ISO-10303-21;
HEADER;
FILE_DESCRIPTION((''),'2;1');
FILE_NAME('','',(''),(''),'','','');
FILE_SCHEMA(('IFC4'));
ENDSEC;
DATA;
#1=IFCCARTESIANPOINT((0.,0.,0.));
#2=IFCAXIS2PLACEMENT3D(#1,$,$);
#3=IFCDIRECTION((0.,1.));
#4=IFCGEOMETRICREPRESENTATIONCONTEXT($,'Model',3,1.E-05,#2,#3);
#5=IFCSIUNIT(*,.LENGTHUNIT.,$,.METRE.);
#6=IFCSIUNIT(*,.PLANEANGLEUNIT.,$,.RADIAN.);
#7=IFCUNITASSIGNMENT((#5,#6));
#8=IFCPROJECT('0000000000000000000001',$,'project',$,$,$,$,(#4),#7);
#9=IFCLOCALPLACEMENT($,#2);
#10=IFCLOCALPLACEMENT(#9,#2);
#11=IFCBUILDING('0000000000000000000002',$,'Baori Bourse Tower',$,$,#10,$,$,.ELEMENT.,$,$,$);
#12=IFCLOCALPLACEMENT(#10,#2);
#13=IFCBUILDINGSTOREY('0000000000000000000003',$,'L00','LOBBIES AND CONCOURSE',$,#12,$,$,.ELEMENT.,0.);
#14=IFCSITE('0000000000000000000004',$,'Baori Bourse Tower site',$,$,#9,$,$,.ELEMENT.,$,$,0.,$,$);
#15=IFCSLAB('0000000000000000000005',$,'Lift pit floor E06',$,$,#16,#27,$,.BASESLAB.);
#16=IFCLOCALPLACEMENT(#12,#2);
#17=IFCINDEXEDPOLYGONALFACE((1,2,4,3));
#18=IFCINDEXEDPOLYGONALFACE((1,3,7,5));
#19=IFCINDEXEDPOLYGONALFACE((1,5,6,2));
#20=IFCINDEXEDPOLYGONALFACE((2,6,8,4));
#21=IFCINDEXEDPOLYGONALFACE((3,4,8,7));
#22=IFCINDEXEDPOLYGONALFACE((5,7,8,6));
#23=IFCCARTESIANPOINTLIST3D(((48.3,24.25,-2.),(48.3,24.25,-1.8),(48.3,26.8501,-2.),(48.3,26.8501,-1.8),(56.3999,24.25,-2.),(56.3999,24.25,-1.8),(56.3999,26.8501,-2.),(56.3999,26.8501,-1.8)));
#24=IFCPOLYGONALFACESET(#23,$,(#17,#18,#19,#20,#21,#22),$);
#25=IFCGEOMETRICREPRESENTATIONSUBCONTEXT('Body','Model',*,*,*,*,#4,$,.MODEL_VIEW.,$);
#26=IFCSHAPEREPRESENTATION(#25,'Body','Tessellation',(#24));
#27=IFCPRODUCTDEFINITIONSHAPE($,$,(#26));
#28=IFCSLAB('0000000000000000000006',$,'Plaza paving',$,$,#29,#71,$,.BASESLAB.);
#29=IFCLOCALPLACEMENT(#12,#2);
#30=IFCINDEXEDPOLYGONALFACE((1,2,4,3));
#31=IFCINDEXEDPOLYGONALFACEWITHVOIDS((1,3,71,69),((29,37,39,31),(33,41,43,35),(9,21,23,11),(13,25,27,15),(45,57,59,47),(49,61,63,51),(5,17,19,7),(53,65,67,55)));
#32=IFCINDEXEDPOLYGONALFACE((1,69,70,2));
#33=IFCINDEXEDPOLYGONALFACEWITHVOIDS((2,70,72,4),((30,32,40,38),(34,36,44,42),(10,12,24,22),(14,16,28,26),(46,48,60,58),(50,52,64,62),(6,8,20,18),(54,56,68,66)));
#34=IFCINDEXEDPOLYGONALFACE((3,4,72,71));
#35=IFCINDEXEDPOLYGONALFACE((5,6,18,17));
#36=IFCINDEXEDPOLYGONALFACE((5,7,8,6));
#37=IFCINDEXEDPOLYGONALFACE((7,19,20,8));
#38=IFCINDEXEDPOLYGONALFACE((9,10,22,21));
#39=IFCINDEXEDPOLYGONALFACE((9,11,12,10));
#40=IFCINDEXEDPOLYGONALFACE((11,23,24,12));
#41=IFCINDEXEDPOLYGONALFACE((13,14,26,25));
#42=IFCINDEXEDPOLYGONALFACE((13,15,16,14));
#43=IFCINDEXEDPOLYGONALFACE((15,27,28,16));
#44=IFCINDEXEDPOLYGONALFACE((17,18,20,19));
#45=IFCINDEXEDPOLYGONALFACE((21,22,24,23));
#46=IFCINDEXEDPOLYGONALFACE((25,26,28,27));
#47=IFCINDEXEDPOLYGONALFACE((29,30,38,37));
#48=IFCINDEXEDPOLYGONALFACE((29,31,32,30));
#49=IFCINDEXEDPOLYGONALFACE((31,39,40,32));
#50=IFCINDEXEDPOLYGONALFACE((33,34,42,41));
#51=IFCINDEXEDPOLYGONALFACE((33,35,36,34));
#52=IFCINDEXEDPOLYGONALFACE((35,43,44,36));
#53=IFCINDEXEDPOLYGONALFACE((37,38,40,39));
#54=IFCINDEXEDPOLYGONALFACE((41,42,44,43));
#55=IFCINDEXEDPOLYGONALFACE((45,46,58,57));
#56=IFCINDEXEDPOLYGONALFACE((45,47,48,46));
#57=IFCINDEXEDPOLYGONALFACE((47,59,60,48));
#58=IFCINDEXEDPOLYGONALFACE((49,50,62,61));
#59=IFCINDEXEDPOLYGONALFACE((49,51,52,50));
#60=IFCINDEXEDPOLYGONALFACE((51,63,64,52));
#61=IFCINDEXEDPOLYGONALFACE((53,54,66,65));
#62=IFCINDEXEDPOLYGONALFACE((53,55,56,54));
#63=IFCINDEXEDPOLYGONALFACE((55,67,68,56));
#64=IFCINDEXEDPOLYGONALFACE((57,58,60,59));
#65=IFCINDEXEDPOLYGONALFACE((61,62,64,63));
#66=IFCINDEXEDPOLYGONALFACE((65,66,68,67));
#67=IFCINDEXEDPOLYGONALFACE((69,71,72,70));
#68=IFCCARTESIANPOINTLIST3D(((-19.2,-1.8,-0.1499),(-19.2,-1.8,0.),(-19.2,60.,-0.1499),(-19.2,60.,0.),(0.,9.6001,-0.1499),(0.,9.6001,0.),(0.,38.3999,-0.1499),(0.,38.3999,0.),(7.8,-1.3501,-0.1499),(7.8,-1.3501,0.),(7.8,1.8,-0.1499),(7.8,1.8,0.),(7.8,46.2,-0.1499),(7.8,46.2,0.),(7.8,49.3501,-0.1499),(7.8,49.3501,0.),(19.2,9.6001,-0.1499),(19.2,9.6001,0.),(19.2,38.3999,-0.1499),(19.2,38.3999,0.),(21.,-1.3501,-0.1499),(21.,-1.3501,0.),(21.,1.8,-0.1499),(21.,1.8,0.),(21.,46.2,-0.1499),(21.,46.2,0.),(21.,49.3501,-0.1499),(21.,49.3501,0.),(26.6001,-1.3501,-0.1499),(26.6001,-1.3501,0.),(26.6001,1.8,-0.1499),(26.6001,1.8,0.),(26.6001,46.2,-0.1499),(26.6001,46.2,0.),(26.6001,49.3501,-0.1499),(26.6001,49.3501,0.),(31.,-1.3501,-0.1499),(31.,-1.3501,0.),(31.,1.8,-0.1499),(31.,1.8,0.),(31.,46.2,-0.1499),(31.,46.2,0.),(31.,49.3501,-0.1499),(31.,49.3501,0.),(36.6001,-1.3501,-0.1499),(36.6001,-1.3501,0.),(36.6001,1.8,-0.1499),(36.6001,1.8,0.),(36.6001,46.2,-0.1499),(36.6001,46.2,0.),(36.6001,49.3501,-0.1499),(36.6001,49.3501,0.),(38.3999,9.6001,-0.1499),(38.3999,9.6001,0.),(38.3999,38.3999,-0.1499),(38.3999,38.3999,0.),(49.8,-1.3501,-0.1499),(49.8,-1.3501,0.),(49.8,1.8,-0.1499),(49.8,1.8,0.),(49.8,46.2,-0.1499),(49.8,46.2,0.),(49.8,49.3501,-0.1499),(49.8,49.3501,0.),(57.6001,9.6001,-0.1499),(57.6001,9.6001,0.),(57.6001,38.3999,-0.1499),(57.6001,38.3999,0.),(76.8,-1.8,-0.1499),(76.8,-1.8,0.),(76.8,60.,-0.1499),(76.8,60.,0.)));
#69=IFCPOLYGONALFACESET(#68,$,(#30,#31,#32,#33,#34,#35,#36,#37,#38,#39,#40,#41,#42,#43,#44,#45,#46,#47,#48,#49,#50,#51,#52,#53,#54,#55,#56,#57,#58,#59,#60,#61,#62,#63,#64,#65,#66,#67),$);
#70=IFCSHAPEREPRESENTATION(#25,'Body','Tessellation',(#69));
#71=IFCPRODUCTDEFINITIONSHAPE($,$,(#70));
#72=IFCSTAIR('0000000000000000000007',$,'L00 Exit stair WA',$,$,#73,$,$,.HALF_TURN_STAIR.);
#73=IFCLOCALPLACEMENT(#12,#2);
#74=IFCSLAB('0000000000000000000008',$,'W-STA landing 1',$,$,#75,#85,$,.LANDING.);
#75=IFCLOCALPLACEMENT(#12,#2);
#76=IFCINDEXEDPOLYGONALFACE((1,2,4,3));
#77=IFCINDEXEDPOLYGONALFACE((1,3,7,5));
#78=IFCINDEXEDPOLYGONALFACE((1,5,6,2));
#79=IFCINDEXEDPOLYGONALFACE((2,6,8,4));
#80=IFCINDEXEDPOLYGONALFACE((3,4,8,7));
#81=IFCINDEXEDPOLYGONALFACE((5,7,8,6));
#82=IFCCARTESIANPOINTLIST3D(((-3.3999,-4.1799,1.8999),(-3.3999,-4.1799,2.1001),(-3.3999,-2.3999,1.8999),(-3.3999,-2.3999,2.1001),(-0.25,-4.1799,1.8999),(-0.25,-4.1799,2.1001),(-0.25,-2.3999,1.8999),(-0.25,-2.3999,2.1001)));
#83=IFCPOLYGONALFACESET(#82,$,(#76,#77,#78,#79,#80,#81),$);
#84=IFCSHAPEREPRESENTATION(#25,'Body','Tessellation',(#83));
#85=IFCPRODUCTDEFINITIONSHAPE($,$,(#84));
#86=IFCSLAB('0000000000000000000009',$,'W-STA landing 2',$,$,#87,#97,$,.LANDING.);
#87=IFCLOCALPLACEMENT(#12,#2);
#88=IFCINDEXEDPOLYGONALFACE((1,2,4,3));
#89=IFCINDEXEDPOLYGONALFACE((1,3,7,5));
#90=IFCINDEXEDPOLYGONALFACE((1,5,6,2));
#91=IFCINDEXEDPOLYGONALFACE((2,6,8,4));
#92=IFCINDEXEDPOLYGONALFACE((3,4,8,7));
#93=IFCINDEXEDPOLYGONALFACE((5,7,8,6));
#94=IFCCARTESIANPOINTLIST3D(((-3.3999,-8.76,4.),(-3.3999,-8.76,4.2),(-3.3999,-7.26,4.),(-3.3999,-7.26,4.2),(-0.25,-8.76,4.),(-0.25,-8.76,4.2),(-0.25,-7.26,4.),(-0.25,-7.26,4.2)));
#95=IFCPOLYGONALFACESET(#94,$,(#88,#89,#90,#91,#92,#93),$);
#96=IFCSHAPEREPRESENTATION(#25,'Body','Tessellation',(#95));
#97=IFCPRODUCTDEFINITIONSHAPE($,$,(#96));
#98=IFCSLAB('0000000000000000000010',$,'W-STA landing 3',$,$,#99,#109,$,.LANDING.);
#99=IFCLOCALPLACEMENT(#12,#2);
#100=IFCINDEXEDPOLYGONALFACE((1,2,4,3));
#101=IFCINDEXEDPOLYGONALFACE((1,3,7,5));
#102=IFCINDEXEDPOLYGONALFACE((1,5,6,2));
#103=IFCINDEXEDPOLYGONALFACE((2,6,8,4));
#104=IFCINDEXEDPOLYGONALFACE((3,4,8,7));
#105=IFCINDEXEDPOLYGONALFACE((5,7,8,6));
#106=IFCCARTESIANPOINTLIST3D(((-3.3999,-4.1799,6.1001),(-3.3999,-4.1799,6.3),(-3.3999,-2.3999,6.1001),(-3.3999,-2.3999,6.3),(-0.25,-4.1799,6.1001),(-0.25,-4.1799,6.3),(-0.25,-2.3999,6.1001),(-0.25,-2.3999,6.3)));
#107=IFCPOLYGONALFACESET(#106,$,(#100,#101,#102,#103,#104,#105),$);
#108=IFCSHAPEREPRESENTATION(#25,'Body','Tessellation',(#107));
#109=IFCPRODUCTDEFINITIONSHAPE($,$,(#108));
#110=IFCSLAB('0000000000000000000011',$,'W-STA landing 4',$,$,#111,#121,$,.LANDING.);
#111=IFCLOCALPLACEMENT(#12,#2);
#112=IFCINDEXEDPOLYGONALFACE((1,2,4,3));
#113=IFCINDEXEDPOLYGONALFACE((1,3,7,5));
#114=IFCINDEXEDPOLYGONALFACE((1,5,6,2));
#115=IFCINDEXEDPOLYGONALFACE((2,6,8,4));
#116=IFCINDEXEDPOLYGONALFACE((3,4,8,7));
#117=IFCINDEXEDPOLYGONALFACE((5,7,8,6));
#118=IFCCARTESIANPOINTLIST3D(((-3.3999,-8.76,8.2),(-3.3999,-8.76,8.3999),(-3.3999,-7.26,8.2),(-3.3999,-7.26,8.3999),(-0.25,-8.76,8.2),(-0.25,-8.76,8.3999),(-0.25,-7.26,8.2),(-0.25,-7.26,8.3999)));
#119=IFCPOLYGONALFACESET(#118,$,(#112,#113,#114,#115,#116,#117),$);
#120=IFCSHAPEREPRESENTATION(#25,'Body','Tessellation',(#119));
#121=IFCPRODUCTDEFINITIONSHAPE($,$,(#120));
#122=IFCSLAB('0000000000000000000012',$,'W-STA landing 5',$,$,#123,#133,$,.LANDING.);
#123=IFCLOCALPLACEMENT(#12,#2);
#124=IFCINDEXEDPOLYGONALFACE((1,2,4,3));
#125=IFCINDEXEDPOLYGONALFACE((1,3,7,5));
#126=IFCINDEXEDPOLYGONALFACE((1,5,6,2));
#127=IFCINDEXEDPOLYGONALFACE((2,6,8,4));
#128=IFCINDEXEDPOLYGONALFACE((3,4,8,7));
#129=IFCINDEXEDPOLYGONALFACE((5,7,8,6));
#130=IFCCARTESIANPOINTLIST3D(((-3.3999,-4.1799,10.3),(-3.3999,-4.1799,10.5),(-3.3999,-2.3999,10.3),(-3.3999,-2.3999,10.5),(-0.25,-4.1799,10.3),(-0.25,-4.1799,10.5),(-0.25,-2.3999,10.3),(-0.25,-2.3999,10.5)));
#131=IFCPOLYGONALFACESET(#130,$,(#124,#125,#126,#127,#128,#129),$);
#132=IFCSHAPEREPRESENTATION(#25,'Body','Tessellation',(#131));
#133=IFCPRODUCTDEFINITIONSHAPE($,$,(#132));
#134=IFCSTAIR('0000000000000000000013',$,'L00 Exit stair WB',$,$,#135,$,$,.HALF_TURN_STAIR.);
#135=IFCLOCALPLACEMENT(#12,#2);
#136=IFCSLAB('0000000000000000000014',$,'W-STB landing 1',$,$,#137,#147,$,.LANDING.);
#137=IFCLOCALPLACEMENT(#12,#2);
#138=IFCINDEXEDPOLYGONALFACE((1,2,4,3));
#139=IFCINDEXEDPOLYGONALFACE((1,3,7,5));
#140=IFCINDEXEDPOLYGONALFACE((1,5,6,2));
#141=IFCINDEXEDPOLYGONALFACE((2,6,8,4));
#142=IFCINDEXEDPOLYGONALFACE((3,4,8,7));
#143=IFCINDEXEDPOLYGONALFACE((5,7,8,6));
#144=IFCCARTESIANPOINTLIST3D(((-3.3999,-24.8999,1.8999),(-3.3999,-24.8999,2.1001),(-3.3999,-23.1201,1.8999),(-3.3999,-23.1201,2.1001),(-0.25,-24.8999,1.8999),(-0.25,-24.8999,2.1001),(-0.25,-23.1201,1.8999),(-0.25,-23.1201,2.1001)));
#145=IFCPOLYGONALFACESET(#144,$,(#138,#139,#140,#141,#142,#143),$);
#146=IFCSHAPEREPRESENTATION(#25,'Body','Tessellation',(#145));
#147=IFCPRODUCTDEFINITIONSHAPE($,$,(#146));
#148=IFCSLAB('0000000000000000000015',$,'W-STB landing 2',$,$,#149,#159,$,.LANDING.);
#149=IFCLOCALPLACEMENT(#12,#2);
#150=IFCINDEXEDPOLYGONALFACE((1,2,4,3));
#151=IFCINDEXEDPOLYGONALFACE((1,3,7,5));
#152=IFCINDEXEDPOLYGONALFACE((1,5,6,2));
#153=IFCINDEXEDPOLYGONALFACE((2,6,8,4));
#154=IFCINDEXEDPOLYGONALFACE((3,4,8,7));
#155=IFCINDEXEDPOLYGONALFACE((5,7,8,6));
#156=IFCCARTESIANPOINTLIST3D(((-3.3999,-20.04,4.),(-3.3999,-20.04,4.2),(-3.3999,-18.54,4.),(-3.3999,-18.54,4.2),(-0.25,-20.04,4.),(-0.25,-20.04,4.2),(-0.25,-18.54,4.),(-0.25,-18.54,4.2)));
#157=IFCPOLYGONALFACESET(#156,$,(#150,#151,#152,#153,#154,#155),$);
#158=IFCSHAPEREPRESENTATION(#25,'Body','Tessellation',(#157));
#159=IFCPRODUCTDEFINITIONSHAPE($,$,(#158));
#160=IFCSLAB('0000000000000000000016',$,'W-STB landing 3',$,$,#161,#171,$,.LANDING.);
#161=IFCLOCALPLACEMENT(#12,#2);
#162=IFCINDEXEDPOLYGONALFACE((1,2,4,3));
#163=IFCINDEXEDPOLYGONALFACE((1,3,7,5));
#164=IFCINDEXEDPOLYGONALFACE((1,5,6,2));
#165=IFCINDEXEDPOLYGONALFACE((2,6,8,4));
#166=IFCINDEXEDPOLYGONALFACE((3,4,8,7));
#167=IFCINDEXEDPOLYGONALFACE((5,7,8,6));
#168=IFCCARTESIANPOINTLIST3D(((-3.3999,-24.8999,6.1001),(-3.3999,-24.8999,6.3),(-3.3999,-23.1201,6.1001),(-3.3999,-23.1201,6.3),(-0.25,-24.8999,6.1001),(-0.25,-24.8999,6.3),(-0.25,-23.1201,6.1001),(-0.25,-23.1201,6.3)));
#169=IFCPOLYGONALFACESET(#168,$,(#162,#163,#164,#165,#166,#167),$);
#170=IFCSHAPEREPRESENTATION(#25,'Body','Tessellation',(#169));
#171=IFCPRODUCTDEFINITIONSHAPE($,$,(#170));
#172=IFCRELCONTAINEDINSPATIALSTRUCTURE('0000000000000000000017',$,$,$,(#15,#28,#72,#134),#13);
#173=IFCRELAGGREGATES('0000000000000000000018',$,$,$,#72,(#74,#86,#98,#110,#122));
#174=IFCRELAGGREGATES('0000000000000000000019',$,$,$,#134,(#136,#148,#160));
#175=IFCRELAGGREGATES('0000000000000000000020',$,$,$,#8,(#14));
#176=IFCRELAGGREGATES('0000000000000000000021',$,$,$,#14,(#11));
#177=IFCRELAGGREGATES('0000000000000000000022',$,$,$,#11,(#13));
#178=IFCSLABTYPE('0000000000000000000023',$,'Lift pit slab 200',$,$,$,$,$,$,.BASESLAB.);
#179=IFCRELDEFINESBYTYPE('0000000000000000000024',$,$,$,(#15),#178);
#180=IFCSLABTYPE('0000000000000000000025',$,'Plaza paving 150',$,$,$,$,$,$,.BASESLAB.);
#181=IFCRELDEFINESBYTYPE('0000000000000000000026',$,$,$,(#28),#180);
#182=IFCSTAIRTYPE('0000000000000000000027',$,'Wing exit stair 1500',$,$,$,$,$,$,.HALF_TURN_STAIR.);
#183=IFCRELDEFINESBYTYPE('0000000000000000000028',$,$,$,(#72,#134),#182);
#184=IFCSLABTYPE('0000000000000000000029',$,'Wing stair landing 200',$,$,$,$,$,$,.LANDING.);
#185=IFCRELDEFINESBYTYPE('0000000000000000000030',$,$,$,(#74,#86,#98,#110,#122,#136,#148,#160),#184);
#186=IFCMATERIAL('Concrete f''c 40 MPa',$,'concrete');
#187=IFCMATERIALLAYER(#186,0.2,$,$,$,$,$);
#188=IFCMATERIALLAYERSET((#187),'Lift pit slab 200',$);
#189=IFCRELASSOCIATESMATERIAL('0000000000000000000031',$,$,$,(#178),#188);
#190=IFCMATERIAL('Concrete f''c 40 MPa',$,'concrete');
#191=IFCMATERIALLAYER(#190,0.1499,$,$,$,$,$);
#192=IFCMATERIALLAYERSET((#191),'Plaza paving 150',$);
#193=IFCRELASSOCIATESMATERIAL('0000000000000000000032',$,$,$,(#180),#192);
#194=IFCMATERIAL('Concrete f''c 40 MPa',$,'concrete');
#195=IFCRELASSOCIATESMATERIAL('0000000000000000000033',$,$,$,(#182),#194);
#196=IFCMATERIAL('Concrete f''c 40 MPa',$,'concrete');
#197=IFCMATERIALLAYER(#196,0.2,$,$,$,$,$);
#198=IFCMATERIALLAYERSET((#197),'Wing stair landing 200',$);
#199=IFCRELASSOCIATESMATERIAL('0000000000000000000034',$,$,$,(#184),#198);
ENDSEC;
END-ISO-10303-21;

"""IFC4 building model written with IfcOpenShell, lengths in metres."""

from ifc_helpers import new_model, si_unit, direction, frame, origin, place, context, subcontext, project, spatial, polyline, outline, extrude, material, layer, layer_set, type_object, element, aggregate, save


model = new_model("IFC4")

# Units and contexts
model_context = context("Model", 3, precision=1e-05, world=origin(), true_north=direction((0.0, 1.0)))
body_context = subcontext(model_context, "Body", "Model", "MODEL_VIEW")
ifc_project = project(units=[si_unit("LENGTHUNIT", "METRE"), si_unit("PLANEANGLEUNIT", "RADIAN")], contexts=[model_context])

# Site, building, storey
site_placement = place(None, origin())
site = spatial("IfcSite", under=ifc_project, at=site_placement, Name="Baori Bourse Tower site", CompositionType="ELEMENT", RefElevation=0.0)
building_placement = place(site_placement, origin())
building = spatial("IfcBuilding", under=site, at=building_placement, Name="Baori Bourse Tower", CompositionType="ELEMENT")
storey_placement = place(building_placement, origin())
storey = spatial("IfcBuildingStorey", under=building, at=storey_placement, Name="L00", Description="LOBBIES AND CONCOURSE", CompositionType="ELEMENT", Elevation=0.0)

# Slabs
ifc_material_1 = material(Name="Concrete f'c 40 MPa", Category="concrete")
ifc_layer_1 = layer(ifc_material_1, 0.2)
ifc_layer_set_1 = layer_set([ifc_layer_1], Name="Lift pit slab 200")
slab_type_1 = type_object("IfcSlabType", Name="Lift pit slab 200", PredefinedType="BASESLAB", material=ifc_layer_set_1)
slab_1_placement = place(storey_placement, frame((0.0, 0.0, -2.0)))
element("IfcSlab", 1, at=slab_1_placement, inside=storey, type_object=slab_type_1, Name="Lift pit floor E06", PredefinedType="BASESLAB", context=body_context, shape_type="SweptSolid", body=[
    extrude(outline(polyline([(48.3, 24.25), (56.3999, 24.25), (56.3999, 26.8501), (48.3, 26.8501), (48.3, 24.25)])), origin(), (0.0, 0.0, 1.0), 0.2),
])
ifc_material_2 = material(Name="Concrete f'c 40 MPa", Category="concrete")
ifc_layer_2 = layer(ifc_material_2, 0.1499)
ifc_layer_set_2 = layer_set([ifc_layer_2], Name="Plaza paving 150")
slab_type_2 = type_object("IfcSlabType", Name="Plaza paving 150", PredefinedType="BASESLAB", material=ifc_layer_set_2)
slab_2_placement = place(storey_placement, frame((0.0, 0.0, -0.1499)))
element("IfcSlab", 2, at=slab_2_placement, inside=storey, type_object=slab_type_2, Name="Plaza paving", PredefinedType="BASESLAB", context=body_context, shape_type="SweptSolid", body=[
    extrude(outline(polyline([(76.8, -1.8), (76.8, 60.0), (-19.2, 60.0), (-19.2, -1.8), (76.8, -1.8)]), holes=[polyline([(57.6001, 9.6001), (57.6001, 38.3999), (38.3999, 38.3999), (38.3999, 9.6001), (57.6001, 9.6001)]), polyline([(0.0, 9.6001), (19.2, 9.6001), (19.2, 38.3999), (0.0, 38.3999), (0.0, 9.6001)]), polyline([(7.8, 1.8), (7.8, -1.3501), (21.0, -1.3501), (21.0, 1.8), (7.8, 1.8)]), polyline([(31.0, 1.8), (26.6001, 1.8), (26.6001, -1.3501), (31.0, -1.3501), (31.0, 1.8)]), polyline([(49.8, -1.3501), (49.8, 1.8), (36.6001, 1.8), (36.6001, -1.3501), (49.8, -1.3501)]), polyline([(7.8, 46.2), (21.0, 46.2), (21.0, 49.3501), (7.8, 49.3501), (7.8, 46.2)]), polyline([(26.6001, 49.3501), (26.6001, 46.2), (31.0, 46.2), (31.0, 49.3501), (26.6001, 49.3501)]), polyline([(49.8, 49.3501), (36.6001, 49.3501), (36.6001, 46.2), (49.8, 46.2), (49.8, 49.3501)])]), origin(), (0.0, 0.0, 1.0), 0.1499),
])

# Stairs, slabs
ifc_material_3 = material(Name="Concrete f'c 40 MPa", Category="concrete")
stair_type = type_object("IfcStairType", Name="Wing exit stair 1500", PredefinedType="HALF_TURN_STAIR", material=ifc_material_3)
stair_1_placement = place(storey_placement, origin())
stair_1 = element("IfcStair", 3, at=stair_1_placement, inside=storey, type_object=stair_type, Name="L00 Exit stair WA", PredefinedType="HALF_TURN_STAIR")
ifc_material_4 = material(Name="Concrete f'c 40 MPa", Category="concrete")
ifc_layer_3 = layer(ifc_material_4, 0.2)
ifc_layer_set_3 = layer_set([ifc_layer_3], Name="Wing stair landing 200")
slab_type_3 = type_object("IfcSlabType", Name="Wing stair landing 200", PredefinedType="LANDING", material=ifc_layer_set_3)
slab_3_placement = place(storey_placement, frame((0.0, 0.0, 1.8999)))
slab_3 = element("IfcSlab", 4, at=slab_3_placement, type_object=slab_type_3, Name="W-STA landing 1", PredefinedType="LANDING", context=body_context, shape_type="SweptSolid", body=[
    extrude(outline(polyline([(-0.25, -4.1799), (-0.25, -2.3999), (-3.3999, -2.3999), (-3.3999, -4.1799), (-0.25, -4.1799)])), origin(), (0.0, 0.0, 1.0), 0.2002),
])
slab_4_placement = place(storey_placement, frame((0.0, 0.0, 4.0)))
slab_4 = element("IfcSlab", 5, at=slab_4_placement, type_object=slab_type_3, Name="W-STA landing 2", PredefinedType="LANDING", context=body_context, shape_type="SweptSolid", body=[
    extrude(outline(polyline([(-0.25, -8.76), (-0.25, -7.26), (-3.3999, -7.26), (-3.3999, -8.76), (-0.25, -8.76)])), origin(), (0.0, 0.0, 1.0), 0.2),
])
slab_5_placement = place(storey_placement, frame((0.0, 0.0, 6.1001)))
slab_5 = element("IfcSlab", 6, at=slab_5_placement, type_object=slab_type_3, Name="W-STA landing 3", PredefinedType="LANDING", context=body_context, shape_type="SweptSolid", body=[
    extrude(outline(polyline([(-0.25, -4.1799), (-0.25, -2.3999), (-3.3999, -2.3999), (-3.3999, -4.1799), (-0.25, -4.1799)])), origin(), (0.0, 0.0, 1.0), 0.2),
])
slab_6_placement = place(storey_placement, frame((0.0, 0.0, 8.2)))
slab_6 = element("IfcSlab", 7, at=slab_6_placement, type_object=slab_type_3, Name="W-STA landing 4", PredefinedType="LANDING", context=body_context, shape_type="SweptSolid", body=[
    extrude(outline(polyline([(-0.25, -8.76), (-0.25, -7.26), (-3.3999, -7.26), (-3.3999, -8.76), (-0.25, -8.76)])), origin(), (0.0, 0.0, 1.0), 0.2),
])
slab_7_placement = place(storey_placement, frame((0.0, 0.0, 10.3)))
slab_7 = element("IfcSlab", 8, at=slab_7_placement, type_object=slab_type_3, Name="W-STA landing 5", PredefinedType="LANDING", context=body_context, shape_type="SweptSolid", body=[
    extrude(outline(polyline([(-0.25, -4.1799), (-0.25, -2.3999), (-3.3999, -2.3999), (-3.3999, -4.1799), (-0.25, -4.1799)])), origin(), (0.0, 0.0, 1.0), 0.2),
])
aggregate(stair_1, [slab_3, slab_4, slab_5, slab_6, slab_7])
stair_2_placement = place(storey_placement, origin())
stair_2 = element("IfcStair", 9, at=stair_2_placement, inside=storey, type_object=stair_type, Name="L00 Exit stair WB", PredefinedType="HALF_TURN_STAIR")
slab_8_placement = place(storey_placement, frame((0.0, 0.0, 1.8999)))
slab_8 = element("IfcSlab", 10, at=slab_8_placement, type_object=slab_type_3, Name="W-STB landing 1", PredefinedType="LANDING", context=body_context, shape_type="SweptSolid", body=[
    extrude(outline(polyline([(-3.3999, -23.1201), (-3.3999, -24.8999), (-0.25, -24.8999), (-0.25, -23.1201), (-3.3999, -23.1201)])), origin(), (0.0, 0.0, 1.0), 0.2002),
])
slab_9_placement = place(storey_placement, frame((0.0, 0.0, 4.0)))
slab_9 = element("IfcSlab", 11, at=slab_9_placement, type_object=slab_type_3, Name="W-STB landing 2", PredefinedType="LANDING", context=body_context, shape_type="SweptSolid", body=[
    extrude(outline(polyline([(-3.3999, -18.54), (-3.3999, -20.04), (-0.25, -20.04), (-0.25, -18.54), (-3.3999, -18.54)])), origin(), (0.0, 0.0, 1.0), 0.2),
])
slab_10_placement = place(storey_placement, frame((0.0, 0.0, 6.1001)))
slab_10 = element("IfcSlab", 12, at=slab_10_placement, type_object=slab_type_3, Name="W-STB landing 3", PredefinedType="LANDING", context=body_context, shape_type="SweptSolid", body=[
    extrude(outline(polyline([(-3.3999, -23.1201), (-3.3999, -24.8999), (-0.25, -24.8999), (-0.25, -23.1201), (-3.3999, -23.1201)])), origin(), (0.0, 0.0, 1.0), 0.2),
])
aggregate(stair_2, [slab_8, slab_9, slab_10])

save(model, "model.ifc")
